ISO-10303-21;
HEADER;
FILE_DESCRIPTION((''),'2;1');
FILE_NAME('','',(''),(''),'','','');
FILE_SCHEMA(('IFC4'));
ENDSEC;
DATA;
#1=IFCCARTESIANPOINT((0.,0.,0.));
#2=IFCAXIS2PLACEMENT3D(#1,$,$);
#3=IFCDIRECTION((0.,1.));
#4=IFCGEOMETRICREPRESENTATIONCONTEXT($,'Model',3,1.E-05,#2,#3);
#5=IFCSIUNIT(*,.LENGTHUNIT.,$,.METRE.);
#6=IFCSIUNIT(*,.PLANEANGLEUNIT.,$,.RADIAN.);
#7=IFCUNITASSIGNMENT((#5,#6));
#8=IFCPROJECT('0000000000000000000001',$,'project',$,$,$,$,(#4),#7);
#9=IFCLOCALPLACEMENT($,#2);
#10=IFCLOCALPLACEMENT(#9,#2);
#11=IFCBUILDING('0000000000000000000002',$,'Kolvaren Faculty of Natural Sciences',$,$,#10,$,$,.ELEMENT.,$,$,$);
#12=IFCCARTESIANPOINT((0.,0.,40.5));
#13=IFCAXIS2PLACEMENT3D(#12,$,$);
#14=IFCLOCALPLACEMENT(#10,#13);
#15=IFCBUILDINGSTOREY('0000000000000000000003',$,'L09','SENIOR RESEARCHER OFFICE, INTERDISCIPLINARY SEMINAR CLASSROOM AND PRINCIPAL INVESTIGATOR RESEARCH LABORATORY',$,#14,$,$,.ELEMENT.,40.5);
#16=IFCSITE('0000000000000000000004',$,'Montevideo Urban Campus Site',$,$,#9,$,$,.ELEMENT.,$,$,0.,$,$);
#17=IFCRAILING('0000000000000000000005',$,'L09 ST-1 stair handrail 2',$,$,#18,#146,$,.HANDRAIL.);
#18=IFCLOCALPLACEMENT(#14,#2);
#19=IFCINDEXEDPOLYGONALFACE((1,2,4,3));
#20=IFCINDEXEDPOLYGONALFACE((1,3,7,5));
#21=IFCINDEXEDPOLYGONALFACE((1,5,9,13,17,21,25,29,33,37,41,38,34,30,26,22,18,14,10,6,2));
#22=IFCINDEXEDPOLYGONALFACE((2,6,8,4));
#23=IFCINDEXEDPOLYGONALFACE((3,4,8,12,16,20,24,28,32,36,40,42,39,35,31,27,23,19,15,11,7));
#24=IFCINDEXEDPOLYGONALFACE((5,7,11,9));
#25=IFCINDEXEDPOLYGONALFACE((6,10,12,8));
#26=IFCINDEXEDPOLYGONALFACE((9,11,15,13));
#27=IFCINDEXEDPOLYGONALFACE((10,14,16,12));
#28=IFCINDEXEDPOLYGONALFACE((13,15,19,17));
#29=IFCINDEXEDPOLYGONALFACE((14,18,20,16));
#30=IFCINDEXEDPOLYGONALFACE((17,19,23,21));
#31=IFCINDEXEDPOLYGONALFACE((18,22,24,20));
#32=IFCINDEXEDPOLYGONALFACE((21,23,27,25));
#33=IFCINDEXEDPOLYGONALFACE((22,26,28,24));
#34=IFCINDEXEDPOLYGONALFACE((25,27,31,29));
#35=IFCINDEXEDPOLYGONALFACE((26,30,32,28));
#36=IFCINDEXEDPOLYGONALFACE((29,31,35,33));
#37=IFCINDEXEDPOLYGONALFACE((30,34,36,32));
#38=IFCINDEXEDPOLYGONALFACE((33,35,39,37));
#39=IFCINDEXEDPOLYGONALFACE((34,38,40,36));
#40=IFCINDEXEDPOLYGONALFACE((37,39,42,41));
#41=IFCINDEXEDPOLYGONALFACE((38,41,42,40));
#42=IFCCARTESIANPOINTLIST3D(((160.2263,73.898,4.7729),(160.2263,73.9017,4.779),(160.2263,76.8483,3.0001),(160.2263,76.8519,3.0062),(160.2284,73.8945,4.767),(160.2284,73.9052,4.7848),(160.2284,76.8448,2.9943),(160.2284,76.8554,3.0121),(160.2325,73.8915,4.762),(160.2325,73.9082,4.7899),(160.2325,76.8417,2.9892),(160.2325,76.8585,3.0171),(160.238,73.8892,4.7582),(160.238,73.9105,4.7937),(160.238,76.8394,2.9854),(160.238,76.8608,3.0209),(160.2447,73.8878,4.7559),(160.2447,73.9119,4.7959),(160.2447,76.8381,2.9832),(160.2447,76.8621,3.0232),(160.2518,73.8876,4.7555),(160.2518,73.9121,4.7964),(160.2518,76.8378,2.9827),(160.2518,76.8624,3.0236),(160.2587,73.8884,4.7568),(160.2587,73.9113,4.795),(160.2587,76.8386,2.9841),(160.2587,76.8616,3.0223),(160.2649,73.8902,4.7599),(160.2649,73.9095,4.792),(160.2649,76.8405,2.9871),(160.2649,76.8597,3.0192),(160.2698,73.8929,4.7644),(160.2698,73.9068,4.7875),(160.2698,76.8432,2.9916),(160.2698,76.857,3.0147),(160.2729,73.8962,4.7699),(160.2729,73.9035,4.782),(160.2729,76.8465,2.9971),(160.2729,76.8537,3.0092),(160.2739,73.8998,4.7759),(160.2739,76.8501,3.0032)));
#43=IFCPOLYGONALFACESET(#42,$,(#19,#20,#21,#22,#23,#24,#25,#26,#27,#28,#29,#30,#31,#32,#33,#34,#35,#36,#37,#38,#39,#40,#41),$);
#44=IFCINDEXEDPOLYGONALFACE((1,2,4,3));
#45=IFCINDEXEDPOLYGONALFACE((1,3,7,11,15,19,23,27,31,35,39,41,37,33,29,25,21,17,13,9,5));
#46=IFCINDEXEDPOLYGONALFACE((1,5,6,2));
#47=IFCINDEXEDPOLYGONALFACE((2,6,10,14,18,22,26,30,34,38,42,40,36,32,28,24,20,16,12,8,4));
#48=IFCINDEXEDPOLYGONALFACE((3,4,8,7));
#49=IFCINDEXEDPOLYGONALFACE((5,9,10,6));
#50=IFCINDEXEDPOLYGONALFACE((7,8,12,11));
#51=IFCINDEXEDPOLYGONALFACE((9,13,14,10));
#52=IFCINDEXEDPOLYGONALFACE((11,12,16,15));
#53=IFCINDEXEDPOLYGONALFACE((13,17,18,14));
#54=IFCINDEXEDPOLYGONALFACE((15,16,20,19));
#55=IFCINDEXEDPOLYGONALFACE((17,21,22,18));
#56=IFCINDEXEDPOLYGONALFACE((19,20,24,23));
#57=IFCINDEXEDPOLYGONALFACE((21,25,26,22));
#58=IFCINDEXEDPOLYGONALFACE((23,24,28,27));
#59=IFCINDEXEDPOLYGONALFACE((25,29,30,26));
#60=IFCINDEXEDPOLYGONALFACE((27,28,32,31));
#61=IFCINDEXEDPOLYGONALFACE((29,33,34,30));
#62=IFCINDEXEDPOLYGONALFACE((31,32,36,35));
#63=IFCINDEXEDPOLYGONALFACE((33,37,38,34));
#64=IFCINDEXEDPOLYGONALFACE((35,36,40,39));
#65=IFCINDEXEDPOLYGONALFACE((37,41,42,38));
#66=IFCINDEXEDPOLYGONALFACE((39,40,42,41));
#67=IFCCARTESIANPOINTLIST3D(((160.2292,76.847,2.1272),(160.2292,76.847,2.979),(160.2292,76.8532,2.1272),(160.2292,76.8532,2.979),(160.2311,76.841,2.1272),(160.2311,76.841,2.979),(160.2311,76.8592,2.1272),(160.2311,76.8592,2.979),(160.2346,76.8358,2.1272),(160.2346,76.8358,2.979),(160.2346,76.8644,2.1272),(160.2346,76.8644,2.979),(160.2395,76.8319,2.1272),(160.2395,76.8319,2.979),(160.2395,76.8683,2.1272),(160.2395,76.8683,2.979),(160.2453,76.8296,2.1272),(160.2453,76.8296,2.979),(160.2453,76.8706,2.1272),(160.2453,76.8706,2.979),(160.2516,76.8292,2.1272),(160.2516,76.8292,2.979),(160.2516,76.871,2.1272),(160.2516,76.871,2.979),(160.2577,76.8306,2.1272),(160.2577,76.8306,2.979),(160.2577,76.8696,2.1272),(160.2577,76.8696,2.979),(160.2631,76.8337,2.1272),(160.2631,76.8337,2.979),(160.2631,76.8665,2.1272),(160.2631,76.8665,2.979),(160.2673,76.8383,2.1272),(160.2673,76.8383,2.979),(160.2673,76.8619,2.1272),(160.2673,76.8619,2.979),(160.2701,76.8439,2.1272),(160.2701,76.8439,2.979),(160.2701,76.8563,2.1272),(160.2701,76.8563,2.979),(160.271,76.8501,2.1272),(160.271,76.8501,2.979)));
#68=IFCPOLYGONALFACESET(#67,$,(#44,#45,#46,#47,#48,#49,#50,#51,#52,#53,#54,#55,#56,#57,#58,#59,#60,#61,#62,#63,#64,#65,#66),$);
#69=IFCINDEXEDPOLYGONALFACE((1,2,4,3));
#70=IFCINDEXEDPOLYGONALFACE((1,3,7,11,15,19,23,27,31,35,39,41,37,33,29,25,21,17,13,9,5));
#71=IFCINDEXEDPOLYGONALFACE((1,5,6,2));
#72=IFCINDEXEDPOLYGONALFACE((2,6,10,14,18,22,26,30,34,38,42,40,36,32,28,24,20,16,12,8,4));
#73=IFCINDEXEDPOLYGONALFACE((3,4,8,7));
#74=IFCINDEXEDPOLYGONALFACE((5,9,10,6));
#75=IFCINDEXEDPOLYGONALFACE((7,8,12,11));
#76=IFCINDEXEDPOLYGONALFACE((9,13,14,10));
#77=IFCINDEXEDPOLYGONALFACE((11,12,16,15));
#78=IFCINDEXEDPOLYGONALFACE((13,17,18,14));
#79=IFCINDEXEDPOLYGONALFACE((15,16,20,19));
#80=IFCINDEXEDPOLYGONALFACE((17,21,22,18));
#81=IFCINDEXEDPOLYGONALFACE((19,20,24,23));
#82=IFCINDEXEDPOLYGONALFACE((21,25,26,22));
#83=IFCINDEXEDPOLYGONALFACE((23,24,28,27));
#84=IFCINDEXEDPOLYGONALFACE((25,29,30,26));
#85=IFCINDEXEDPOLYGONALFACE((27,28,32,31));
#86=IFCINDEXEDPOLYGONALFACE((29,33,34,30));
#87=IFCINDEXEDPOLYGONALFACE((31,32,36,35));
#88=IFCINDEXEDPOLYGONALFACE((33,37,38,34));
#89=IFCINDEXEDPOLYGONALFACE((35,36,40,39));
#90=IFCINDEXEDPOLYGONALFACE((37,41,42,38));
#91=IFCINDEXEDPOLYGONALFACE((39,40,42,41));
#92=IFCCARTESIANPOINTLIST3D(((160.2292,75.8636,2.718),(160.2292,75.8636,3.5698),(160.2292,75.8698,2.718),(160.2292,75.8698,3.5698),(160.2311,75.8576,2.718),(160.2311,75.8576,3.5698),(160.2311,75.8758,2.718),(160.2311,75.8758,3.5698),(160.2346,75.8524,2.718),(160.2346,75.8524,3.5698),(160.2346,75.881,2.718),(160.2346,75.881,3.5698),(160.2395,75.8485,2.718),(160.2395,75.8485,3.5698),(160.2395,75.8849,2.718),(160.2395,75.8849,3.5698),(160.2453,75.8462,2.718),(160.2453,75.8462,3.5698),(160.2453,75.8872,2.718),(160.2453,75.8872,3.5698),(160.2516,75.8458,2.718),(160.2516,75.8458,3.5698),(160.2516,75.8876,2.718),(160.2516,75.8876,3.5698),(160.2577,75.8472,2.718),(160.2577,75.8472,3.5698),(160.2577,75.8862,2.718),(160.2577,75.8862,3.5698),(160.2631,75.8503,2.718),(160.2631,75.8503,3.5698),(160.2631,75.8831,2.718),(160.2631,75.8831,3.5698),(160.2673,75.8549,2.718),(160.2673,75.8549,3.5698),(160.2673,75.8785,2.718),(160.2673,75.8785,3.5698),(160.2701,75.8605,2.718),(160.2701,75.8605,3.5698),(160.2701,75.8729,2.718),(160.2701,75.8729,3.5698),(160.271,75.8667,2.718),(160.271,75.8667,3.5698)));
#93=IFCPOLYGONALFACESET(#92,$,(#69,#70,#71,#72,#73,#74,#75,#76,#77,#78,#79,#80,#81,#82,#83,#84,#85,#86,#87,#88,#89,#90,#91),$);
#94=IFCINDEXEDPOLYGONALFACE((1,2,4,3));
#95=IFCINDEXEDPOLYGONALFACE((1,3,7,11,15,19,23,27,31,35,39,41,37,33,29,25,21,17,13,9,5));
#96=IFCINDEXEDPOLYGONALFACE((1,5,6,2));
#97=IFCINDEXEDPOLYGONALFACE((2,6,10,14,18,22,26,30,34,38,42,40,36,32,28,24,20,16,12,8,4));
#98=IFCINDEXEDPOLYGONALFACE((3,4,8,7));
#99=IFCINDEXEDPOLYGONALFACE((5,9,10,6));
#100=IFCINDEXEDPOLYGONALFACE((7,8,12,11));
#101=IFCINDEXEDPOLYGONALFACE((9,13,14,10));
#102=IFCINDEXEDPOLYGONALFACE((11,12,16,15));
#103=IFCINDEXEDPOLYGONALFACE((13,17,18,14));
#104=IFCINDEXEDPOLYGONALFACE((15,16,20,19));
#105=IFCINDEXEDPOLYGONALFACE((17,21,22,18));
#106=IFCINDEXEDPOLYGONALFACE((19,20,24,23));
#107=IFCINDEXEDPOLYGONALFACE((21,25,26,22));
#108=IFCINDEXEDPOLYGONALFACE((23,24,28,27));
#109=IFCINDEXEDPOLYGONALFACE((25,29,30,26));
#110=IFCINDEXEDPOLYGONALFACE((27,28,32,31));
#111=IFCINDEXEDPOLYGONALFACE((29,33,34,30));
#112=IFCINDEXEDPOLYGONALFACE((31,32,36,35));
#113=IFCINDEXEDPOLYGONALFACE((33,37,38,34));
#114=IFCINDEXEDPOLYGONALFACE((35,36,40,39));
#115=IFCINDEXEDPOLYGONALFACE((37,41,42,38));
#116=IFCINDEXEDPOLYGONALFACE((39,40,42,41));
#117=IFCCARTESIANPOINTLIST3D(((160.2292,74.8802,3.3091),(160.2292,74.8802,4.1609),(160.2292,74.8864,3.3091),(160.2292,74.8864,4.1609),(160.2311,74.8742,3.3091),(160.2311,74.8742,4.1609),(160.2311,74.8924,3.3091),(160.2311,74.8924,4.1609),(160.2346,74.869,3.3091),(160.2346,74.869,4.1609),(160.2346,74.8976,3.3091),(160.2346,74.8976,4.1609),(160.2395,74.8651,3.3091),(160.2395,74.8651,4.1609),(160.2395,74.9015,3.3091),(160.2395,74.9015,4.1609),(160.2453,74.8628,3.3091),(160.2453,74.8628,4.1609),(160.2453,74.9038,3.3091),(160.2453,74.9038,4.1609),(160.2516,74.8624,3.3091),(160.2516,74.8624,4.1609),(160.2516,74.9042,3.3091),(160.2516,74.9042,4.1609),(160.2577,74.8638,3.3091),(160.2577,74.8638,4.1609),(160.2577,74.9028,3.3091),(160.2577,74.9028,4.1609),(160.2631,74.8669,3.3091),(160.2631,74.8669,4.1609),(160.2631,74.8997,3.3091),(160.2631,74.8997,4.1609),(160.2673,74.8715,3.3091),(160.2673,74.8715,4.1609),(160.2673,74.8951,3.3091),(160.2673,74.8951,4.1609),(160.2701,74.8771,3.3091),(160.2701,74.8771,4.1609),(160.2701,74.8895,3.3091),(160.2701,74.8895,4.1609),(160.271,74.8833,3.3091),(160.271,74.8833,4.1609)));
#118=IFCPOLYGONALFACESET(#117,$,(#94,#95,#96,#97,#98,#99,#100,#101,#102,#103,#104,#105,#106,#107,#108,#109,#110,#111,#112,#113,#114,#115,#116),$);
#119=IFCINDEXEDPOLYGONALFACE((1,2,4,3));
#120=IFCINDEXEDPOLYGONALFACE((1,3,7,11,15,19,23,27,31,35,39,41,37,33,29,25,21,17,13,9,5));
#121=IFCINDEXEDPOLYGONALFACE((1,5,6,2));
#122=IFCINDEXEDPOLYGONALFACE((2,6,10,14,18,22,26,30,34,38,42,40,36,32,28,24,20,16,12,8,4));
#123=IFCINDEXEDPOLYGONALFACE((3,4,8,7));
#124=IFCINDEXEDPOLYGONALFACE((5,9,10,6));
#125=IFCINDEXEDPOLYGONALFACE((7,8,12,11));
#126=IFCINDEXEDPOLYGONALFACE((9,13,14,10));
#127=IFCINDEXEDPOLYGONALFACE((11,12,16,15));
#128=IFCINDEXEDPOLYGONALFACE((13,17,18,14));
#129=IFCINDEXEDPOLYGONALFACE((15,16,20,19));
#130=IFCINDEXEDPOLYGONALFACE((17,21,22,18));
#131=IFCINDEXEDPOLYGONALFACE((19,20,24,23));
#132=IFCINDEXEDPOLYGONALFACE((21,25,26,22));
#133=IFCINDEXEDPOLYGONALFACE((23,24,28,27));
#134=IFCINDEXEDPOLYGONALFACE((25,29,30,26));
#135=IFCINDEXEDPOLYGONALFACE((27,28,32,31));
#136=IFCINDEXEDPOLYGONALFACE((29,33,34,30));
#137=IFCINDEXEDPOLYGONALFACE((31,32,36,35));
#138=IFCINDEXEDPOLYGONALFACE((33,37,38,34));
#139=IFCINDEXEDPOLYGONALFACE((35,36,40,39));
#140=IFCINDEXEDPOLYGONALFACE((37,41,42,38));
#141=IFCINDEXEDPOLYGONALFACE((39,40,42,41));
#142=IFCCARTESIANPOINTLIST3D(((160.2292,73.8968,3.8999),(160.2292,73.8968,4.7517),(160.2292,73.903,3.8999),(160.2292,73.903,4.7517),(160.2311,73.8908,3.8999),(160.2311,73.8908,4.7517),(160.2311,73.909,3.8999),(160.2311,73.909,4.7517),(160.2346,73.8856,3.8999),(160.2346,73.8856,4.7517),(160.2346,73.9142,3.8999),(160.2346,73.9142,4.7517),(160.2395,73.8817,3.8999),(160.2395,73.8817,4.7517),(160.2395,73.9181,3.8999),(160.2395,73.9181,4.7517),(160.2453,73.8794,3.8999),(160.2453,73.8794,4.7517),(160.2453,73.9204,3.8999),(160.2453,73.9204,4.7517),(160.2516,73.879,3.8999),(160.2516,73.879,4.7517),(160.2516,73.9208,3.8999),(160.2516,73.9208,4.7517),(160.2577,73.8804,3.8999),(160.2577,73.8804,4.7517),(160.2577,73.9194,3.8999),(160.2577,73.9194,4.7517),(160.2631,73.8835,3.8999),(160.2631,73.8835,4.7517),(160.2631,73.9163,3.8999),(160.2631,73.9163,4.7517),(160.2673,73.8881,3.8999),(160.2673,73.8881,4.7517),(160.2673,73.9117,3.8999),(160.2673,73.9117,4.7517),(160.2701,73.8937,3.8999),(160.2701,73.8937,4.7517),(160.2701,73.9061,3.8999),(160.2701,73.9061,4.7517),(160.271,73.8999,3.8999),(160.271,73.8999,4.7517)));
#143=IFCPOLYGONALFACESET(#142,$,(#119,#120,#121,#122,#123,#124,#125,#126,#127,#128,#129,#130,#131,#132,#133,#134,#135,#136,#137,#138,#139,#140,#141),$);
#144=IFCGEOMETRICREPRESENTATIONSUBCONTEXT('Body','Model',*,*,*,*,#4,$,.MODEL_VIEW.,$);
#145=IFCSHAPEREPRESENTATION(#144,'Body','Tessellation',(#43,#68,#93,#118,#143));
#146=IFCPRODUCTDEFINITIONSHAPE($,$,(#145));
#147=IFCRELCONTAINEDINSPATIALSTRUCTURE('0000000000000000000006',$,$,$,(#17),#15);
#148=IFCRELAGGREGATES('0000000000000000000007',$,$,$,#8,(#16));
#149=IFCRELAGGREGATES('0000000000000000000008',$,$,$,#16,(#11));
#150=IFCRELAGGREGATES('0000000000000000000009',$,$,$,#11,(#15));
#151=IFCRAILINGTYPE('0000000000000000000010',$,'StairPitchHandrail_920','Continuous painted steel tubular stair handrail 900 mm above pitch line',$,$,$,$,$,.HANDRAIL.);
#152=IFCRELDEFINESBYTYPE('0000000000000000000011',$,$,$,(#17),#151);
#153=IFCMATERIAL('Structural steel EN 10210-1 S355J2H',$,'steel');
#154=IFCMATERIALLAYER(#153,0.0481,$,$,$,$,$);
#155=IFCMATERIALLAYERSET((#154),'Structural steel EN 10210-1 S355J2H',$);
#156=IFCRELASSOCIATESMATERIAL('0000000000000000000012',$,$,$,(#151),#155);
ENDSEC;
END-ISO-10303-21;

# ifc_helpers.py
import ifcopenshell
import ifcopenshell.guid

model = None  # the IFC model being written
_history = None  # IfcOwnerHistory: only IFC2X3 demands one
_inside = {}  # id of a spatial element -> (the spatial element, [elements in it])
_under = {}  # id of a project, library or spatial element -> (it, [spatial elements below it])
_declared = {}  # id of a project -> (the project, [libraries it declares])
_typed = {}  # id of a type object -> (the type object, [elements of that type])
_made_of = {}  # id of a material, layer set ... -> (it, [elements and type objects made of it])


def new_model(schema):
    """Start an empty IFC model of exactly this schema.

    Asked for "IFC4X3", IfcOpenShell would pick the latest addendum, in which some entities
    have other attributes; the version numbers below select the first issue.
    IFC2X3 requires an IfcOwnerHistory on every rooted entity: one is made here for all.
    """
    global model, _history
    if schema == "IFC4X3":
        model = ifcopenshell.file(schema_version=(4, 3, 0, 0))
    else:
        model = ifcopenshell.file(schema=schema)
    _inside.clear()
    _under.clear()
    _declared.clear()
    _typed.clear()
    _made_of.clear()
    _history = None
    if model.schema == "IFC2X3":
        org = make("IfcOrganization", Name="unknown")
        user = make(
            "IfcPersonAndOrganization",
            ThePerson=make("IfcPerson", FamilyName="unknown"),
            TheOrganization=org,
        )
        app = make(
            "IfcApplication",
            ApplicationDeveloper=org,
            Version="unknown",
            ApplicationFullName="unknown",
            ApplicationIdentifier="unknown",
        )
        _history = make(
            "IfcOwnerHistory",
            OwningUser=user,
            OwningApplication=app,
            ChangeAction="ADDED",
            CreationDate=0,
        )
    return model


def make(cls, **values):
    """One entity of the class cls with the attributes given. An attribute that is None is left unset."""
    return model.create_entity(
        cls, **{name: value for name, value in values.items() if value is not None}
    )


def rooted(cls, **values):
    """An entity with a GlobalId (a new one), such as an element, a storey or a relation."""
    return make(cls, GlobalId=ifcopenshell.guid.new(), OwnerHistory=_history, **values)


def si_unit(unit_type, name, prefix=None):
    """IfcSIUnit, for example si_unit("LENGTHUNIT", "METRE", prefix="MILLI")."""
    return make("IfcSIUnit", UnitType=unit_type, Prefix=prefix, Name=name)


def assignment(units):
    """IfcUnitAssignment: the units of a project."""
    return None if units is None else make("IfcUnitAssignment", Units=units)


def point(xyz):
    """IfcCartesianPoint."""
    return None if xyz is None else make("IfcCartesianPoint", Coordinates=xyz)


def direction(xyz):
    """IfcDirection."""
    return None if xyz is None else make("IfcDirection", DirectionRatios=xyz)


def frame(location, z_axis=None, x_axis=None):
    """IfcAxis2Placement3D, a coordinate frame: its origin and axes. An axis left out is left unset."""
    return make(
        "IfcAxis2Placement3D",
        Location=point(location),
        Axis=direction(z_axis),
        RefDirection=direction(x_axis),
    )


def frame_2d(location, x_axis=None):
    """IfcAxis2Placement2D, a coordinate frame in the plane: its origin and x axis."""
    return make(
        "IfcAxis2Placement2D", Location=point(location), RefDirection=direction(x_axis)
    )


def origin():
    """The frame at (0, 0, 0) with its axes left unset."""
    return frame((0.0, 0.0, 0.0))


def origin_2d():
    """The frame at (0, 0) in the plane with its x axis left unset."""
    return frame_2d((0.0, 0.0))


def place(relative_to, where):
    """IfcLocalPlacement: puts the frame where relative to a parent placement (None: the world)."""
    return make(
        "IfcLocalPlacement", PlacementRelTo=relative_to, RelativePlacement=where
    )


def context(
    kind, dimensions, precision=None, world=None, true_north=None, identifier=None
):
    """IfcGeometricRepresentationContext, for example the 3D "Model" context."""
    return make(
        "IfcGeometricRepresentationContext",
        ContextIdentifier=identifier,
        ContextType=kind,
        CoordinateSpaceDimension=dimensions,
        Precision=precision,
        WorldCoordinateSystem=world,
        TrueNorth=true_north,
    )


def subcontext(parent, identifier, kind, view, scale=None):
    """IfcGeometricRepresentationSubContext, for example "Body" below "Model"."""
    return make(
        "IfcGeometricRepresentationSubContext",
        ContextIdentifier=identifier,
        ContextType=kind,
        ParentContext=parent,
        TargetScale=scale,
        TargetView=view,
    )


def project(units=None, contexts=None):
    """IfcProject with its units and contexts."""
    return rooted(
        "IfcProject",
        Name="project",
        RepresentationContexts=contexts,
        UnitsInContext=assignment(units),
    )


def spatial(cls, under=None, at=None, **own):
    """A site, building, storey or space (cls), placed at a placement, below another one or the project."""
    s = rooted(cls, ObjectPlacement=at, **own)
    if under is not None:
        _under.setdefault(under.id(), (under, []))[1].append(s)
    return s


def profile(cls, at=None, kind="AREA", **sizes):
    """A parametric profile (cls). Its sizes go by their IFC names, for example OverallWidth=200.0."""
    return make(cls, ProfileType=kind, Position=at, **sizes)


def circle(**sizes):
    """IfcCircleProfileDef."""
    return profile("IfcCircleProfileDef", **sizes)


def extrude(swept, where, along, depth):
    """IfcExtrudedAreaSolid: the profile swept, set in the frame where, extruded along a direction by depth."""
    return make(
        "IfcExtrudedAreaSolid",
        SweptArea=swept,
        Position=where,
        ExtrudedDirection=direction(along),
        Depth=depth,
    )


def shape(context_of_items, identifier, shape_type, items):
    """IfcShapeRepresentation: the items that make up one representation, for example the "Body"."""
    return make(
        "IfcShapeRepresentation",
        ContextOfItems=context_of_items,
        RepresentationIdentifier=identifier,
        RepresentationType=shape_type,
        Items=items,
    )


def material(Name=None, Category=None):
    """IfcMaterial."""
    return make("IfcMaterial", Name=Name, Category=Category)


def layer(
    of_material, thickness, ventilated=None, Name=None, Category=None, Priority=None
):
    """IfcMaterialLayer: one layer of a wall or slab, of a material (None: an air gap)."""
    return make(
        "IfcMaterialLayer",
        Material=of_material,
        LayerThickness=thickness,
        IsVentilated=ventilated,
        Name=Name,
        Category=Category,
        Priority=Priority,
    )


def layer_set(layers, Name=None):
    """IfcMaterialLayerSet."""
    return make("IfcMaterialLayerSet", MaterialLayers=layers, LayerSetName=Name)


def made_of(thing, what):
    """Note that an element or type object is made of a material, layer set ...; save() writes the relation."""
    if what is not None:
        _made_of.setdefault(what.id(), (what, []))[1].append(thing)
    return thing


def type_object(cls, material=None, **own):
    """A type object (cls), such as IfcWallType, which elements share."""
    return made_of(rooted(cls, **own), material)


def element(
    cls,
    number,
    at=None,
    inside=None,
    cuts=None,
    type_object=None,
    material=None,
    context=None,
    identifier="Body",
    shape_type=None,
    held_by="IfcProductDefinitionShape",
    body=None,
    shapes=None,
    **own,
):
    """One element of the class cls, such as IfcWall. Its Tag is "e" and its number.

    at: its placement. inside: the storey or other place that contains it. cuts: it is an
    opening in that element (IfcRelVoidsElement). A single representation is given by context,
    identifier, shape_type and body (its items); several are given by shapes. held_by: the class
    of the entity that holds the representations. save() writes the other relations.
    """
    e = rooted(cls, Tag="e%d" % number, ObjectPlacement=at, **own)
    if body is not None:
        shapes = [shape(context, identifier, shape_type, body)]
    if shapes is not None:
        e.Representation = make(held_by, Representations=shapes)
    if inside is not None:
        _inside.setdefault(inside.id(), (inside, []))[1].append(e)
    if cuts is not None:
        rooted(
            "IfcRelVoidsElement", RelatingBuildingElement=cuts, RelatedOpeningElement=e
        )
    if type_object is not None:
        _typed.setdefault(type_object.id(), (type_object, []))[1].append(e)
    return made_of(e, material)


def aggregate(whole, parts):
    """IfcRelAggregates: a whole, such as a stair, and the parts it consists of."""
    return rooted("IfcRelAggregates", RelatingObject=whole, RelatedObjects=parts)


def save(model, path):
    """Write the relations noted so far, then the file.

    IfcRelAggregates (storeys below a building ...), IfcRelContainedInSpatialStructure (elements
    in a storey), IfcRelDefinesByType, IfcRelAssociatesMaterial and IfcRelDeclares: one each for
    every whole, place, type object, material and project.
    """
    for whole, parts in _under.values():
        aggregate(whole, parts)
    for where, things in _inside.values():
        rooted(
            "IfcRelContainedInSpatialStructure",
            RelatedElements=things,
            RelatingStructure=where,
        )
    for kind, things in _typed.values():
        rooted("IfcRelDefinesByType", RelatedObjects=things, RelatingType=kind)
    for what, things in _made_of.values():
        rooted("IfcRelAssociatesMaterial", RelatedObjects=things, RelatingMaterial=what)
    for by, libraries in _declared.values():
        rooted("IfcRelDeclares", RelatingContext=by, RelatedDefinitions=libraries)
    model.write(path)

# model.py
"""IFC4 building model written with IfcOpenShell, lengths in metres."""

from ifc_helpers import new_model, si_unit, direction, frame, origin, origin_2d, place, context, subcontext, project, spatial, circle, extrude, material, layer, layer_set, type_object, element, save


model = new_model("IFC4")

# Units and contexts
model_context = context("Model", 3, precision=1e-05, world=origin(), true_north=direction((0.0, 1.0)))
body_context = subcontext(model_context, "Body", "Model", "MODEL_VIEW")
ifc_project = project(units=[si_unit("LENGTHUNIT", "METRE"), si_unit("PLANEANGLEUNIT", "RADIAN")], contexts=[model_context])

# Site, building, storey
site_placement = place(None, origin())
site = spatial("IfcSite", under=ifc_project, at=site_placement, Name="Montevideo Urban Campus Site", CompositionType="ELEMENT", RefElevation=0.0)
building_placement = place(site_placement, origin())
building = spatial("IfcBuilding", under=site, at=building_placement, Name="Kolvaren Faculty of Natural Sciences", CompositionType="ELEMENT")
storey_placement = place(building_placement, frame((0.0, 0.0, 40.5)))
storey = spatial("IfcBuildingStorey", under=building, at=storey_placement, Name="L09", Description="SENIOR RESEARCHER OFFICE, INTERDISCIPLINARY SEMINAR CLASSROOM AND PRINCIPAL INVESTIGATOR RESEARCH LABORATORY", CompositionType="ELEMENT", Elevation=40.5)

# Railing
ifc_material_1 = material(Name="Structural steel EN 10210-1 S355J2H", Category="steel")
ifc_layer_1 = layer(ifc_material_1, 0.0481)
ifc_layer_set_1 = layer_set([ifc_layer_1], Name="Structural steel EN 10210-1 S355J2H")
railing_type_1 = type_object("IfcRailingType", Name="StairPitchHandrail_920", Description="Continuous painted steel tubular stair handrail 900 mm above pitch line", PredefinedType="HANDRAIL", material=ifc_layer_set_1)
railing_1_placement = place(storey_placement, frame((160.25, 76.8501, 2.1272)))
element("IfcRailing", 1, at=railing_1_placement, inside=storey, type_object=railing_type_1, Name="L09 ST-1 stair handrail 2", PredefinedType="HANDRAIL", context=body_context, shape_type="SweptSolid", body=[
    extrude(circle(Radius=0.0239, at=origin_2d()), frame((0.0, 0.0, 0.876), z_axis=(0.0, -0.857161, 0.515049), x_axis=(1.0, 0.0, 0.0)), (0.0, 0.0, 1.0), 3.4419),
    extrude(circle(Radius=0.021, at=origin_2d()), origin(), (0.0, 0.0, 1.0), 0.8518),
    extrude(circle(Radius=0.021, at=origin_2d()), frame((0.0, -0.9834, 0.5908)), (0.0, 0.0, 1.0), 0.8518),
    extrude(circle(Radius=0.021, at=origin_2d()), frame((0.0, -1.9668, 1.1819)), (0.0, 0.0, 1.0), 0.8518),
    extrude(circle(Radius=0.021, at=origin_2d()), frame((0.0, -2.9502, 1.7727)), (0.0, 0.0, 1.0), 0.8518),
])

save(model, "model.ifc")
